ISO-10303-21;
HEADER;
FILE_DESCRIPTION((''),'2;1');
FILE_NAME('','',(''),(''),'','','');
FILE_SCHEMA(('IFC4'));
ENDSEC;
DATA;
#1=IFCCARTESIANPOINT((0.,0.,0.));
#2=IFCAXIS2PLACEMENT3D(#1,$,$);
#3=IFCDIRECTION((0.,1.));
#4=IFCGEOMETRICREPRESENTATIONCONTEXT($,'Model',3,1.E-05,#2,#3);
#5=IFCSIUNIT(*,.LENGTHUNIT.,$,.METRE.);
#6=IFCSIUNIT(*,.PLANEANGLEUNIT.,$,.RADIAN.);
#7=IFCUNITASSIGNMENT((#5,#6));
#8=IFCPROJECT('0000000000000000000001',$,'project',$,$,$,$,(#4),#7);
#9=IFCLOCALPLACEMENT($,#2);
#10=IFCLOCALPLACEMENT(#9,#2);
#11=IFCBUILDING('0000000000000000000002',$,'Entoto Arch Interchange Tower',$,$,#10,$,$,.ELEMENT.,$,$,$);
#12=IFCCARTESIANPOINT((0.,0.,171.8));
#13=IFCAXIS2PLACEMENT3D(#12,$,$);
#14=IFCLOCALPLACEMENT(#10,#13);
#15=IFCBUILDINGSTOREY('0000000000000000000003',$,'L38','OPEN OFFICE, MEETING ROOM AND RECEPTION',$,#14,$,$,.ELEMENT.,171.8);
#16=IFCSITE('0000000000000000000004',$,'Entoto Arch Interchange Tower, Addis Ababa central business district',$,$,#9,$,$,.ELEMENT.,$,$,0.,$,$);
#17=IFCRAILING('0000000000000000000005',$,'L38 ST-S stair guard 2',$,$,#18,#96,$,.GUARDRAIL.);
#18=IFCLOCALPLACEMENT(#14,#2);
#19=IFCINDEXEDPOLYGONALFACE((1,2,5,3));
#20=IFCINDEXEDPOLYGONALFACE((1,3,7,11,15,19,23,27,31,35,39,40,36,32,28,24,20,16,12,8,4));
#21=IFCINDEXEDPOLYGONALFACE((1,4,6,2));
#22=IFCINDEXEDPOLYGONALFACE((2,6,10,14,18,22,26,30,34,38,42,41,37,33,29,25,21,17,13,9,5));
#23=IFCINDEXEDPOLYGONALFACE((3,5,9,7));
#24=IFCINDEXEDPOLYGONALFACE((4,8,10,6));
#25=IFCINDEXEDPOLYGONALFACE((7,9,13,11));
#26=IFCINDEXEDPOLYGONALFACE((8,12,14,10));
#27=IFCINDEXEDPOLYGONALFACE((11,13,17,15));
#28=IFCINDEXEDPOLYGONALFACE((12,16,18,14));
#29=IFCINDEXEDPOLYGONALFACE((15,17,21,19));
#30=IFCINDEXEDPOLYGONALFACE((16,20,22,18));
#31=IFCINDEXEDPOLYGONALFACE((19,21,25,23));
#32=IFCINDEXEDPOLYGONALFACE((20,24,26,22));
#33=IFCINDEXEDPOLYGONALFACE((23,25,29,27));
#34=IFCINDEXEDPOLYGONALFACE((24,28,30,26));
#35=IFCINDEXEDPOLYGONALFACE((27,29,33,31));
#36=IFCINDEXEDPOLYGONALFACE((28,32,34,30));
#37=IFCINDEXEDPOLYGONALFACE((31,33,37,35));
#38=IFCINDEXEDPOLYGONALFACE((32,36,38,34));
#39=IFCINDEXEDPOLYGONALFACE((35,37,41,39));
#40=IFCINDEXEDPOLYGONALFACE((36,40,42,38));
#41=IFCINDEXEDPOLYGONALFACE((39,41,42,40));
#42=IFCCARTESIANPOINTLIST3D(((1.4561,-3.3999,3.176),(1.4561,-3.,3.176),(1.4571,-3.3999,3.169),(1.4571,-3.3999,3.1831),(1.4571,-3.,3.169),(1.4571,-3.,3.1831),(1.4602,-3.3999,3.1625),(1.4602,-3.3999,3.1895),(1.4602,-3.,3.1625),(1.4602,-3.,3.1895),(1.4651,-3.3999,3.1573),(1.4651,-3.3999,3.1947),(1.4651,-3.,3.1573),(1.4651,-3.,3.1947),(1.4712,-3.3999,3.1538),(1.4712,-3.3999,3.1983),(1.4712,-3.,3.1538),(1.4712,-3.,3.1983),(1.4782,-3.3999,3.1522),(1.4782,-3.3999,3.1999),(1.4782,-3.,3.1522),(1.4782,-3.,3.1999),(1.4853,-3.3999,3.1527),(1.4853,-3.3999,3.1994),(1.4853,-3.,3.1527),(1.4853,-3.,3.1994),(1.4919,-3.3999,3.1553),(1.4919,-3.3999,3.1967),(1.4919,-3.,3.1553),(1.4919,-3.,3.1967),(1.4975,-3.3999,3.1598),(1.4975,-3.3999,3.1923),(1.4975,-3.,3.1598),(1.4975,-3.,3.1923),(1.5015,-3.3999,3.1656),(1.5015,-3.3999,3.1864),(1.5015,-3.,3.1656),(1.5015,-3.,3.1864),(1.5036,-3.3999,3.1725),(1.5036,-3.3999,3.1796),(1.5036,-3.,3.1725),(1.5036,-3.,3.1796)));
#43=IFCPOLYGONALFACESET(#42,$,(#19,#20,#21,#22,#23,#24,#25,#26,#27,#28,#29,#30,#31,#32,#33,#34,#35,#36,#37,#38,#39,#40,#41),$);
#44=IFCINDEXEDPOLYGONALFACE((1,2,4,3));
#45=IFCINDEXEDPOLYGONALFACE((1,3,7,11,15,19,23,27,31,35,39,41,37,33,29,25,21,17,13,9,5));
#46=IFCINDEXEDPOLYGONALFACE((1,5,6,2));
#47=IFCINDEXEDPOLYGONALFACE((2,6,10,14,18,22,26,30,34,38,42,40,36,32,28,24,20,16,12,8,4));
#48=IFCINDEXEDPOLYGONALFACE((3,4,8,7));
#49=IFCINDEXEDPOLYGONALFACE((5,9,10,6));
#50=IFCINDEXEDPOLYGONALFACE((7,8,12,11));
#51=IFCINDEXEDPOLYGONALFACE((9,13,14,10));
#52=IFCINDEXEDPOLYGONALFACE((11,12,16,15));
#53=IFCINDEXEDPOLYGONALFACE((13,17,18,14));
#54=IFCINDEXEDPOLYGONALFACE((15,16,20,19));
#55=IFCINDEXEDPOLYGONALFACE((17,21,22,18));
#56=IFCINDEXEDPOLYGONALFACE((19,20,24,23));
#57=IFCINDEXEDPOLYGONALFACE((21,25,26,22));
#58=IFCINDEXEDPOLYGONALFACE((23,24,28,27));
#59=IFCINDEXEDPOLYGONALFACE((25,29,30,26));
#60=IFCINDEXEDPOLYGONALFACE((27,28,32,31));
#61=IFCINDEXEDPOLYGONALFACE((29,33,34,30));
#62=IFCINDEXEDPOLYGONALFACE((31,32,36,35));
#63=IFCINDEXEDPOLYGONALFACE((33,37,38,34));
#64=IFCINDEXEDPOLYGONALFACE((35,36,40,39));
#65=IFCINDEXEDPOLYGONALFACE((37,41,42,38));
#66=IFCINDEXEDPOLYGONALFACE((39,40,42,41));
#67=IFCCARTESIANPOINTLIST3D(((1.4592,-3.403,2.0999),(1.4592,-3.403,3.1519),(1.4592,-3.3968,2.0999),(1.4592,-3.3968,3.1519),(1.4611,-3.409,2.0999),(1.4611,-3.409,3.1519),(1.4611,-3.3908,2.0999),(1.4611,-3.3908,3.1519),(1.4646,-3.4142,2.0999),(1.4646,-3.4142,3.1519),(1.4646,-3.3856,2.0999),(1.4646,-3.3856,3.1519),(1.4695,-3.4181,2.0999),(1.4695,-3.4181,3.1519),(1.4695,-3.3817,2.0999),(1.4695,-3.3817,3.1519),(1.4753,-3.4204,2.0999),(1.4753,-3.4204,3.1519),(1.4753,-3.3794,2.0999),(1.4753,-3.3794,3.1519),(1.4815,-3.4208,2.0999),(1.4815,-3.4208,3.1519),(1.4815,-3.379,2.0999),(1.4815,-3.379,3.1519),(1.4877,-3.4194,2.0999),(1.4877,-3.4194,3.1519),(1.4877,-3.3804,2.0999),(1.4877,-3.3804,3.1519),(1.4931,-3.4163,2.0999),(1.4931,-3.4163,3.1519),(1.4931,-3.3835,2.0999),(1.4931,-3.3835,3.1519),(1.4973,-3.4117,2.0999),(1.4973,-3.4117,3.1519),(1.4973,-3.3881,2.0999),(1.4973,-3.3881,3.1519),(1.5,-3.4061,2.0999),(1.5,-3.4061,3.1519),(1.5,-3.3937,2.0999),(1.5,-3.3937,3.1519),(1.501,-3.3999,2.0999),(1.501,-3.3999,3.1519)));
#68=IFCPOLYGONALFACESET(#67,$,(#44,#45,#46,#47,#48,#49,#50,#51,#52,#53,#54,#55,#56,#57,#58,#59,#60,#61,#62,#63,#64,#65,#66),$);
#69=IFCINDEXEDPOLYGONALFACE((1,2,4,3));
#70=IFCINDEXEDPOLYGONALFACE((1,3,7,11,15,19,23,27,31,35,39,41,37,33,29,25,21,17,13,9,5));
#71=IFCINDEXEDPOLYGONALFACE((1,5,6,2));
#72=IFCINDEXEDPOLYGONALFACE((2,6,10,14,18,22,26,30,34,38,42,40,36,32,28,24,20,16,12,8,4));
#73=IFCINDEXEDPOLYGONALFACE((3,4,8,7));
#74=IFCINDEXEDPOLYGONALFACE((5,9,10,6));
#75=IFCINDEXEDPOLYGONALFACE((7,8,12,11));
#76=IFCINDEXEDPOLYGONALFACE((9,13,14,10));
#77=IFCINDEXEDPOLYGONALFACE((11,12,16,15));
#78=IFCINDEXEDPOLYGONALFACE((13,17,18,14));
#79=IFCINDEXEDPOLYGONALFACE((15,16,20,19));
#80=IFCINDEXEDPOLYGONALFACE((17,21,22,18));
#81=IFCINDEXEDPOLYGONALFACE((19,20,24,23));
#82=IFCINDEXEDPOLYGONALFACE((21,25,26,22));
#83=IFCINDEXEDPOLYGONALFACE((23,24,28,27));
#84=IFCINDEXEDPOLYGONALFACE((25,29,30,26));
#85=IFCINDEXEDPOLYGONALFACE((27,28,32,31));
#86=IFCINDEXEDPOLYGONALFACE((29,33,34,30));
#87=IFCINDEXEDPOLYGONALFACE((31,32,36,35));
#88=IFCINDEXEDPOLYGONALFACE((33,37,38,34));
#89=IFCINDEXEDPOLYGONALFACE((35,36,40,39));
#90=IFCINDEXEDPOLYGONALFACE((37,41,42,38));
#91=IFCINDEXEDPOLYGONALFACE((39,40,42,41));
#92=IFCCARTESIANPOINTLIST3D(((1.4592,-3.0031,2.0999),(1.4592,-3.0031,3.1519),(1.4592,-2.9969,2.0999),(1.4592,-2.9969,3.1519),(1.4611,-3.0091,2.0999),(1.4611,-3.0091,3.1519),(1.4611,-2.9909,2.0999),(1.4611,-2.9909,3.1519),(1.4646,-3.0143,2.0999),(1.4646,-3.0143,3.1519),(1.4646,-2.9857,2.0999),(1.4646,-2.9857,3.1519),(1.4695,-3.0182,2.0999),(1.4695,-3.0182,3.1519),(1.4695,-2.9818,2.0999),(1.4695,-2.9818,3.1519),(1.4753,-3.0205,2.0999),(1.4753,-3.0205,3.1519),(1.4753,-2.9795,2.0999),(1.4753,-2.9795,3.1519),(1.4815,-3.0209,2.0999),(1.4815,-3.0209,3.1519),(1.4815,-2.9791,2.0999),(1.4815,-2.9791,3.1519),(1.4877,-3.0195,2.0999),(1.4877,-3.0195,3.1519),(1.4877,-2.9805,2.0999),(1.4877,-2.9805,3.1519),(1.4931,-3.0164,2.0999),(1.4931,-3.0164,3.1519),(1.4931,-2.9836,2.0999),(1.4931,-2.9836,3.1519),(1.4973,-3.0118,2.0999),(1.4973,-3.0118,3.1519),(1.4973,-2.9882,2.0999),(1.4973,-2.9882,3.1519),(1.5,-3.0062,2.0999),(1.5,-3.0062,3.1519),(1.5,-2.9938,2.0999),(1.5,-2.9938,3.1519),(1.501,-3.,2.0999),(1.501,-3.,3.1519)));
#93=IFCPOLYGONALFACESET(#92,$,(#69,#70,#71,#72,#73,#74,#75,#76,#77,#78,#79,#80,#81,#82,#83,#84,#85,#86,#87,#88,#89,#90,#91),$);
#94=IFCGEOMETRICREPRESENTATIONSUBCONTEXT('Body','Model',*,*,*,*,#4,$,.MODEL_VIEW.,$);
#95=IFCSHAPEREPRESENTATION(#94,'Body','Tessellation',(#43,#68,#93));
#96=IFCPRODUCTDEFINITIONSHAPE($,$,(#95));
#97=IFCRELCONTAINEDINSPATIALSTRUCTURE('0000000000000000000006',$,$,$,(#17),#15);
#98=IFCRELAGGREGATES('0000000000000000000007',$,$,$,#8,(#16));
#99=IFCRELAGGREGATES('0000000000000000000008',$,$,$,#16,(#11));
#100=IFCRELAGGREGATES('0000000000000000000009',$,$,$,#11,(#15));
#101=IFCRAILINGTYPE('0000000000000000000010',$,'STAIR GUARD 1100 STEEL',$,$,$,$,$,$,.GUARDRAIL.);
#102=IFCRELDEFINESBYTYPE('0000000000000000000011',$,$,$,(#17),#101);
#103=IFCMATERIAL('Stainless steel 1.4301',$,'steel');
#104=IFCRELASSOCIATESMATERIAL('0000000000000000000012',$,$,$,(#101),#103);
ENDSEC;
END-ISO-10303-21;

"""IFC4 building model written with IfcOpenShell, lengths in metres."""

from ifc_helpers import new_model, si_unit, direction, frame, origin, origin_2d, place, context, subcontext, project, spatial, circle, extrude, material, type_object, element, save


model = new_model("IFC4")

# Units and contexts
model_context = context("Model", 3, precision=1e-05, world=origin(), true_north=direction((0.0, 1.0)))
body_context = subcontext(model_context, "Body", "Model", "MODEL_VIEW")
ifc_project = project(units=[si_unit("LENGTHUNIT", "METRE"), si_unit("PLANEANGLEUNIT", "RADIAN")], contexts=[model_context])

# Site, building, storey
site_placement = place(None, origin())
site = spatial("IfcSite", under=ifc_project, at=site_placement, Name="Entoto Arch Interchange Tower, Addis Ababa central business district", CompositionType="ELEMENT", RefElevation=0.0)
building_placement = place(site_placement, origin())
building = spatial("IfcBuilding", under=site, at=building_placement, Name="Entoto Arch Interchange Tower", CompositionType="ELEMENT")
storey_placement = place(building_placement, frame((0.0, 0.0, 171.8)))
storey = spatial("IfcBuildingStorey", under=building, at=storey_placement, Name="L38", Description="OPEN OFFICE, MEETING ROOM AND RECEPTION", CompositionType="ELEMENT", Elevation=171.8)

# Railing
ifc_material_1 = material(Name="Stainless steel 1.4301", Category="steel")
railing_type_1 = type_object("IfcRailingType", Name="STAIR GUARD 1100 STEEL", PredefinedType="GUARDRAIL", material=ifc_material_1)
railing_1_placement = place(storey_placement, frame((1.48, -3.3999, 2.0999)))
element("IfcRailing", 1, at=railing_1_placement, inside=storey, type_object=railing_type_1, Name="L38 ST-S stair guard 2", PredefinedType="GUARDRAIL", context=body_context, shape_type="SweptSolid", body=[
    extrude(circle(Radius=0.0239, at=origin_2d()), frame((0.0, 0.0, 1.0762), z_axis=(0.0, 1.0, 0.0), x_axis=(-1.0, 0.0, 0.0)), (0.0, 0.0, 1.0), 0.3999),
    extrude(circle(Radius=0.021, at=origin_2d()), origin(), (0.0, 0.0, 1.0), 1.052),
    extrude(circle(Radius=0.021, at=origin_2d()), frame((0.0, 0.3999, 0.0)), (0.0, 0.0, 1.0), 1.052),
])

save(model, "model.ifc")
